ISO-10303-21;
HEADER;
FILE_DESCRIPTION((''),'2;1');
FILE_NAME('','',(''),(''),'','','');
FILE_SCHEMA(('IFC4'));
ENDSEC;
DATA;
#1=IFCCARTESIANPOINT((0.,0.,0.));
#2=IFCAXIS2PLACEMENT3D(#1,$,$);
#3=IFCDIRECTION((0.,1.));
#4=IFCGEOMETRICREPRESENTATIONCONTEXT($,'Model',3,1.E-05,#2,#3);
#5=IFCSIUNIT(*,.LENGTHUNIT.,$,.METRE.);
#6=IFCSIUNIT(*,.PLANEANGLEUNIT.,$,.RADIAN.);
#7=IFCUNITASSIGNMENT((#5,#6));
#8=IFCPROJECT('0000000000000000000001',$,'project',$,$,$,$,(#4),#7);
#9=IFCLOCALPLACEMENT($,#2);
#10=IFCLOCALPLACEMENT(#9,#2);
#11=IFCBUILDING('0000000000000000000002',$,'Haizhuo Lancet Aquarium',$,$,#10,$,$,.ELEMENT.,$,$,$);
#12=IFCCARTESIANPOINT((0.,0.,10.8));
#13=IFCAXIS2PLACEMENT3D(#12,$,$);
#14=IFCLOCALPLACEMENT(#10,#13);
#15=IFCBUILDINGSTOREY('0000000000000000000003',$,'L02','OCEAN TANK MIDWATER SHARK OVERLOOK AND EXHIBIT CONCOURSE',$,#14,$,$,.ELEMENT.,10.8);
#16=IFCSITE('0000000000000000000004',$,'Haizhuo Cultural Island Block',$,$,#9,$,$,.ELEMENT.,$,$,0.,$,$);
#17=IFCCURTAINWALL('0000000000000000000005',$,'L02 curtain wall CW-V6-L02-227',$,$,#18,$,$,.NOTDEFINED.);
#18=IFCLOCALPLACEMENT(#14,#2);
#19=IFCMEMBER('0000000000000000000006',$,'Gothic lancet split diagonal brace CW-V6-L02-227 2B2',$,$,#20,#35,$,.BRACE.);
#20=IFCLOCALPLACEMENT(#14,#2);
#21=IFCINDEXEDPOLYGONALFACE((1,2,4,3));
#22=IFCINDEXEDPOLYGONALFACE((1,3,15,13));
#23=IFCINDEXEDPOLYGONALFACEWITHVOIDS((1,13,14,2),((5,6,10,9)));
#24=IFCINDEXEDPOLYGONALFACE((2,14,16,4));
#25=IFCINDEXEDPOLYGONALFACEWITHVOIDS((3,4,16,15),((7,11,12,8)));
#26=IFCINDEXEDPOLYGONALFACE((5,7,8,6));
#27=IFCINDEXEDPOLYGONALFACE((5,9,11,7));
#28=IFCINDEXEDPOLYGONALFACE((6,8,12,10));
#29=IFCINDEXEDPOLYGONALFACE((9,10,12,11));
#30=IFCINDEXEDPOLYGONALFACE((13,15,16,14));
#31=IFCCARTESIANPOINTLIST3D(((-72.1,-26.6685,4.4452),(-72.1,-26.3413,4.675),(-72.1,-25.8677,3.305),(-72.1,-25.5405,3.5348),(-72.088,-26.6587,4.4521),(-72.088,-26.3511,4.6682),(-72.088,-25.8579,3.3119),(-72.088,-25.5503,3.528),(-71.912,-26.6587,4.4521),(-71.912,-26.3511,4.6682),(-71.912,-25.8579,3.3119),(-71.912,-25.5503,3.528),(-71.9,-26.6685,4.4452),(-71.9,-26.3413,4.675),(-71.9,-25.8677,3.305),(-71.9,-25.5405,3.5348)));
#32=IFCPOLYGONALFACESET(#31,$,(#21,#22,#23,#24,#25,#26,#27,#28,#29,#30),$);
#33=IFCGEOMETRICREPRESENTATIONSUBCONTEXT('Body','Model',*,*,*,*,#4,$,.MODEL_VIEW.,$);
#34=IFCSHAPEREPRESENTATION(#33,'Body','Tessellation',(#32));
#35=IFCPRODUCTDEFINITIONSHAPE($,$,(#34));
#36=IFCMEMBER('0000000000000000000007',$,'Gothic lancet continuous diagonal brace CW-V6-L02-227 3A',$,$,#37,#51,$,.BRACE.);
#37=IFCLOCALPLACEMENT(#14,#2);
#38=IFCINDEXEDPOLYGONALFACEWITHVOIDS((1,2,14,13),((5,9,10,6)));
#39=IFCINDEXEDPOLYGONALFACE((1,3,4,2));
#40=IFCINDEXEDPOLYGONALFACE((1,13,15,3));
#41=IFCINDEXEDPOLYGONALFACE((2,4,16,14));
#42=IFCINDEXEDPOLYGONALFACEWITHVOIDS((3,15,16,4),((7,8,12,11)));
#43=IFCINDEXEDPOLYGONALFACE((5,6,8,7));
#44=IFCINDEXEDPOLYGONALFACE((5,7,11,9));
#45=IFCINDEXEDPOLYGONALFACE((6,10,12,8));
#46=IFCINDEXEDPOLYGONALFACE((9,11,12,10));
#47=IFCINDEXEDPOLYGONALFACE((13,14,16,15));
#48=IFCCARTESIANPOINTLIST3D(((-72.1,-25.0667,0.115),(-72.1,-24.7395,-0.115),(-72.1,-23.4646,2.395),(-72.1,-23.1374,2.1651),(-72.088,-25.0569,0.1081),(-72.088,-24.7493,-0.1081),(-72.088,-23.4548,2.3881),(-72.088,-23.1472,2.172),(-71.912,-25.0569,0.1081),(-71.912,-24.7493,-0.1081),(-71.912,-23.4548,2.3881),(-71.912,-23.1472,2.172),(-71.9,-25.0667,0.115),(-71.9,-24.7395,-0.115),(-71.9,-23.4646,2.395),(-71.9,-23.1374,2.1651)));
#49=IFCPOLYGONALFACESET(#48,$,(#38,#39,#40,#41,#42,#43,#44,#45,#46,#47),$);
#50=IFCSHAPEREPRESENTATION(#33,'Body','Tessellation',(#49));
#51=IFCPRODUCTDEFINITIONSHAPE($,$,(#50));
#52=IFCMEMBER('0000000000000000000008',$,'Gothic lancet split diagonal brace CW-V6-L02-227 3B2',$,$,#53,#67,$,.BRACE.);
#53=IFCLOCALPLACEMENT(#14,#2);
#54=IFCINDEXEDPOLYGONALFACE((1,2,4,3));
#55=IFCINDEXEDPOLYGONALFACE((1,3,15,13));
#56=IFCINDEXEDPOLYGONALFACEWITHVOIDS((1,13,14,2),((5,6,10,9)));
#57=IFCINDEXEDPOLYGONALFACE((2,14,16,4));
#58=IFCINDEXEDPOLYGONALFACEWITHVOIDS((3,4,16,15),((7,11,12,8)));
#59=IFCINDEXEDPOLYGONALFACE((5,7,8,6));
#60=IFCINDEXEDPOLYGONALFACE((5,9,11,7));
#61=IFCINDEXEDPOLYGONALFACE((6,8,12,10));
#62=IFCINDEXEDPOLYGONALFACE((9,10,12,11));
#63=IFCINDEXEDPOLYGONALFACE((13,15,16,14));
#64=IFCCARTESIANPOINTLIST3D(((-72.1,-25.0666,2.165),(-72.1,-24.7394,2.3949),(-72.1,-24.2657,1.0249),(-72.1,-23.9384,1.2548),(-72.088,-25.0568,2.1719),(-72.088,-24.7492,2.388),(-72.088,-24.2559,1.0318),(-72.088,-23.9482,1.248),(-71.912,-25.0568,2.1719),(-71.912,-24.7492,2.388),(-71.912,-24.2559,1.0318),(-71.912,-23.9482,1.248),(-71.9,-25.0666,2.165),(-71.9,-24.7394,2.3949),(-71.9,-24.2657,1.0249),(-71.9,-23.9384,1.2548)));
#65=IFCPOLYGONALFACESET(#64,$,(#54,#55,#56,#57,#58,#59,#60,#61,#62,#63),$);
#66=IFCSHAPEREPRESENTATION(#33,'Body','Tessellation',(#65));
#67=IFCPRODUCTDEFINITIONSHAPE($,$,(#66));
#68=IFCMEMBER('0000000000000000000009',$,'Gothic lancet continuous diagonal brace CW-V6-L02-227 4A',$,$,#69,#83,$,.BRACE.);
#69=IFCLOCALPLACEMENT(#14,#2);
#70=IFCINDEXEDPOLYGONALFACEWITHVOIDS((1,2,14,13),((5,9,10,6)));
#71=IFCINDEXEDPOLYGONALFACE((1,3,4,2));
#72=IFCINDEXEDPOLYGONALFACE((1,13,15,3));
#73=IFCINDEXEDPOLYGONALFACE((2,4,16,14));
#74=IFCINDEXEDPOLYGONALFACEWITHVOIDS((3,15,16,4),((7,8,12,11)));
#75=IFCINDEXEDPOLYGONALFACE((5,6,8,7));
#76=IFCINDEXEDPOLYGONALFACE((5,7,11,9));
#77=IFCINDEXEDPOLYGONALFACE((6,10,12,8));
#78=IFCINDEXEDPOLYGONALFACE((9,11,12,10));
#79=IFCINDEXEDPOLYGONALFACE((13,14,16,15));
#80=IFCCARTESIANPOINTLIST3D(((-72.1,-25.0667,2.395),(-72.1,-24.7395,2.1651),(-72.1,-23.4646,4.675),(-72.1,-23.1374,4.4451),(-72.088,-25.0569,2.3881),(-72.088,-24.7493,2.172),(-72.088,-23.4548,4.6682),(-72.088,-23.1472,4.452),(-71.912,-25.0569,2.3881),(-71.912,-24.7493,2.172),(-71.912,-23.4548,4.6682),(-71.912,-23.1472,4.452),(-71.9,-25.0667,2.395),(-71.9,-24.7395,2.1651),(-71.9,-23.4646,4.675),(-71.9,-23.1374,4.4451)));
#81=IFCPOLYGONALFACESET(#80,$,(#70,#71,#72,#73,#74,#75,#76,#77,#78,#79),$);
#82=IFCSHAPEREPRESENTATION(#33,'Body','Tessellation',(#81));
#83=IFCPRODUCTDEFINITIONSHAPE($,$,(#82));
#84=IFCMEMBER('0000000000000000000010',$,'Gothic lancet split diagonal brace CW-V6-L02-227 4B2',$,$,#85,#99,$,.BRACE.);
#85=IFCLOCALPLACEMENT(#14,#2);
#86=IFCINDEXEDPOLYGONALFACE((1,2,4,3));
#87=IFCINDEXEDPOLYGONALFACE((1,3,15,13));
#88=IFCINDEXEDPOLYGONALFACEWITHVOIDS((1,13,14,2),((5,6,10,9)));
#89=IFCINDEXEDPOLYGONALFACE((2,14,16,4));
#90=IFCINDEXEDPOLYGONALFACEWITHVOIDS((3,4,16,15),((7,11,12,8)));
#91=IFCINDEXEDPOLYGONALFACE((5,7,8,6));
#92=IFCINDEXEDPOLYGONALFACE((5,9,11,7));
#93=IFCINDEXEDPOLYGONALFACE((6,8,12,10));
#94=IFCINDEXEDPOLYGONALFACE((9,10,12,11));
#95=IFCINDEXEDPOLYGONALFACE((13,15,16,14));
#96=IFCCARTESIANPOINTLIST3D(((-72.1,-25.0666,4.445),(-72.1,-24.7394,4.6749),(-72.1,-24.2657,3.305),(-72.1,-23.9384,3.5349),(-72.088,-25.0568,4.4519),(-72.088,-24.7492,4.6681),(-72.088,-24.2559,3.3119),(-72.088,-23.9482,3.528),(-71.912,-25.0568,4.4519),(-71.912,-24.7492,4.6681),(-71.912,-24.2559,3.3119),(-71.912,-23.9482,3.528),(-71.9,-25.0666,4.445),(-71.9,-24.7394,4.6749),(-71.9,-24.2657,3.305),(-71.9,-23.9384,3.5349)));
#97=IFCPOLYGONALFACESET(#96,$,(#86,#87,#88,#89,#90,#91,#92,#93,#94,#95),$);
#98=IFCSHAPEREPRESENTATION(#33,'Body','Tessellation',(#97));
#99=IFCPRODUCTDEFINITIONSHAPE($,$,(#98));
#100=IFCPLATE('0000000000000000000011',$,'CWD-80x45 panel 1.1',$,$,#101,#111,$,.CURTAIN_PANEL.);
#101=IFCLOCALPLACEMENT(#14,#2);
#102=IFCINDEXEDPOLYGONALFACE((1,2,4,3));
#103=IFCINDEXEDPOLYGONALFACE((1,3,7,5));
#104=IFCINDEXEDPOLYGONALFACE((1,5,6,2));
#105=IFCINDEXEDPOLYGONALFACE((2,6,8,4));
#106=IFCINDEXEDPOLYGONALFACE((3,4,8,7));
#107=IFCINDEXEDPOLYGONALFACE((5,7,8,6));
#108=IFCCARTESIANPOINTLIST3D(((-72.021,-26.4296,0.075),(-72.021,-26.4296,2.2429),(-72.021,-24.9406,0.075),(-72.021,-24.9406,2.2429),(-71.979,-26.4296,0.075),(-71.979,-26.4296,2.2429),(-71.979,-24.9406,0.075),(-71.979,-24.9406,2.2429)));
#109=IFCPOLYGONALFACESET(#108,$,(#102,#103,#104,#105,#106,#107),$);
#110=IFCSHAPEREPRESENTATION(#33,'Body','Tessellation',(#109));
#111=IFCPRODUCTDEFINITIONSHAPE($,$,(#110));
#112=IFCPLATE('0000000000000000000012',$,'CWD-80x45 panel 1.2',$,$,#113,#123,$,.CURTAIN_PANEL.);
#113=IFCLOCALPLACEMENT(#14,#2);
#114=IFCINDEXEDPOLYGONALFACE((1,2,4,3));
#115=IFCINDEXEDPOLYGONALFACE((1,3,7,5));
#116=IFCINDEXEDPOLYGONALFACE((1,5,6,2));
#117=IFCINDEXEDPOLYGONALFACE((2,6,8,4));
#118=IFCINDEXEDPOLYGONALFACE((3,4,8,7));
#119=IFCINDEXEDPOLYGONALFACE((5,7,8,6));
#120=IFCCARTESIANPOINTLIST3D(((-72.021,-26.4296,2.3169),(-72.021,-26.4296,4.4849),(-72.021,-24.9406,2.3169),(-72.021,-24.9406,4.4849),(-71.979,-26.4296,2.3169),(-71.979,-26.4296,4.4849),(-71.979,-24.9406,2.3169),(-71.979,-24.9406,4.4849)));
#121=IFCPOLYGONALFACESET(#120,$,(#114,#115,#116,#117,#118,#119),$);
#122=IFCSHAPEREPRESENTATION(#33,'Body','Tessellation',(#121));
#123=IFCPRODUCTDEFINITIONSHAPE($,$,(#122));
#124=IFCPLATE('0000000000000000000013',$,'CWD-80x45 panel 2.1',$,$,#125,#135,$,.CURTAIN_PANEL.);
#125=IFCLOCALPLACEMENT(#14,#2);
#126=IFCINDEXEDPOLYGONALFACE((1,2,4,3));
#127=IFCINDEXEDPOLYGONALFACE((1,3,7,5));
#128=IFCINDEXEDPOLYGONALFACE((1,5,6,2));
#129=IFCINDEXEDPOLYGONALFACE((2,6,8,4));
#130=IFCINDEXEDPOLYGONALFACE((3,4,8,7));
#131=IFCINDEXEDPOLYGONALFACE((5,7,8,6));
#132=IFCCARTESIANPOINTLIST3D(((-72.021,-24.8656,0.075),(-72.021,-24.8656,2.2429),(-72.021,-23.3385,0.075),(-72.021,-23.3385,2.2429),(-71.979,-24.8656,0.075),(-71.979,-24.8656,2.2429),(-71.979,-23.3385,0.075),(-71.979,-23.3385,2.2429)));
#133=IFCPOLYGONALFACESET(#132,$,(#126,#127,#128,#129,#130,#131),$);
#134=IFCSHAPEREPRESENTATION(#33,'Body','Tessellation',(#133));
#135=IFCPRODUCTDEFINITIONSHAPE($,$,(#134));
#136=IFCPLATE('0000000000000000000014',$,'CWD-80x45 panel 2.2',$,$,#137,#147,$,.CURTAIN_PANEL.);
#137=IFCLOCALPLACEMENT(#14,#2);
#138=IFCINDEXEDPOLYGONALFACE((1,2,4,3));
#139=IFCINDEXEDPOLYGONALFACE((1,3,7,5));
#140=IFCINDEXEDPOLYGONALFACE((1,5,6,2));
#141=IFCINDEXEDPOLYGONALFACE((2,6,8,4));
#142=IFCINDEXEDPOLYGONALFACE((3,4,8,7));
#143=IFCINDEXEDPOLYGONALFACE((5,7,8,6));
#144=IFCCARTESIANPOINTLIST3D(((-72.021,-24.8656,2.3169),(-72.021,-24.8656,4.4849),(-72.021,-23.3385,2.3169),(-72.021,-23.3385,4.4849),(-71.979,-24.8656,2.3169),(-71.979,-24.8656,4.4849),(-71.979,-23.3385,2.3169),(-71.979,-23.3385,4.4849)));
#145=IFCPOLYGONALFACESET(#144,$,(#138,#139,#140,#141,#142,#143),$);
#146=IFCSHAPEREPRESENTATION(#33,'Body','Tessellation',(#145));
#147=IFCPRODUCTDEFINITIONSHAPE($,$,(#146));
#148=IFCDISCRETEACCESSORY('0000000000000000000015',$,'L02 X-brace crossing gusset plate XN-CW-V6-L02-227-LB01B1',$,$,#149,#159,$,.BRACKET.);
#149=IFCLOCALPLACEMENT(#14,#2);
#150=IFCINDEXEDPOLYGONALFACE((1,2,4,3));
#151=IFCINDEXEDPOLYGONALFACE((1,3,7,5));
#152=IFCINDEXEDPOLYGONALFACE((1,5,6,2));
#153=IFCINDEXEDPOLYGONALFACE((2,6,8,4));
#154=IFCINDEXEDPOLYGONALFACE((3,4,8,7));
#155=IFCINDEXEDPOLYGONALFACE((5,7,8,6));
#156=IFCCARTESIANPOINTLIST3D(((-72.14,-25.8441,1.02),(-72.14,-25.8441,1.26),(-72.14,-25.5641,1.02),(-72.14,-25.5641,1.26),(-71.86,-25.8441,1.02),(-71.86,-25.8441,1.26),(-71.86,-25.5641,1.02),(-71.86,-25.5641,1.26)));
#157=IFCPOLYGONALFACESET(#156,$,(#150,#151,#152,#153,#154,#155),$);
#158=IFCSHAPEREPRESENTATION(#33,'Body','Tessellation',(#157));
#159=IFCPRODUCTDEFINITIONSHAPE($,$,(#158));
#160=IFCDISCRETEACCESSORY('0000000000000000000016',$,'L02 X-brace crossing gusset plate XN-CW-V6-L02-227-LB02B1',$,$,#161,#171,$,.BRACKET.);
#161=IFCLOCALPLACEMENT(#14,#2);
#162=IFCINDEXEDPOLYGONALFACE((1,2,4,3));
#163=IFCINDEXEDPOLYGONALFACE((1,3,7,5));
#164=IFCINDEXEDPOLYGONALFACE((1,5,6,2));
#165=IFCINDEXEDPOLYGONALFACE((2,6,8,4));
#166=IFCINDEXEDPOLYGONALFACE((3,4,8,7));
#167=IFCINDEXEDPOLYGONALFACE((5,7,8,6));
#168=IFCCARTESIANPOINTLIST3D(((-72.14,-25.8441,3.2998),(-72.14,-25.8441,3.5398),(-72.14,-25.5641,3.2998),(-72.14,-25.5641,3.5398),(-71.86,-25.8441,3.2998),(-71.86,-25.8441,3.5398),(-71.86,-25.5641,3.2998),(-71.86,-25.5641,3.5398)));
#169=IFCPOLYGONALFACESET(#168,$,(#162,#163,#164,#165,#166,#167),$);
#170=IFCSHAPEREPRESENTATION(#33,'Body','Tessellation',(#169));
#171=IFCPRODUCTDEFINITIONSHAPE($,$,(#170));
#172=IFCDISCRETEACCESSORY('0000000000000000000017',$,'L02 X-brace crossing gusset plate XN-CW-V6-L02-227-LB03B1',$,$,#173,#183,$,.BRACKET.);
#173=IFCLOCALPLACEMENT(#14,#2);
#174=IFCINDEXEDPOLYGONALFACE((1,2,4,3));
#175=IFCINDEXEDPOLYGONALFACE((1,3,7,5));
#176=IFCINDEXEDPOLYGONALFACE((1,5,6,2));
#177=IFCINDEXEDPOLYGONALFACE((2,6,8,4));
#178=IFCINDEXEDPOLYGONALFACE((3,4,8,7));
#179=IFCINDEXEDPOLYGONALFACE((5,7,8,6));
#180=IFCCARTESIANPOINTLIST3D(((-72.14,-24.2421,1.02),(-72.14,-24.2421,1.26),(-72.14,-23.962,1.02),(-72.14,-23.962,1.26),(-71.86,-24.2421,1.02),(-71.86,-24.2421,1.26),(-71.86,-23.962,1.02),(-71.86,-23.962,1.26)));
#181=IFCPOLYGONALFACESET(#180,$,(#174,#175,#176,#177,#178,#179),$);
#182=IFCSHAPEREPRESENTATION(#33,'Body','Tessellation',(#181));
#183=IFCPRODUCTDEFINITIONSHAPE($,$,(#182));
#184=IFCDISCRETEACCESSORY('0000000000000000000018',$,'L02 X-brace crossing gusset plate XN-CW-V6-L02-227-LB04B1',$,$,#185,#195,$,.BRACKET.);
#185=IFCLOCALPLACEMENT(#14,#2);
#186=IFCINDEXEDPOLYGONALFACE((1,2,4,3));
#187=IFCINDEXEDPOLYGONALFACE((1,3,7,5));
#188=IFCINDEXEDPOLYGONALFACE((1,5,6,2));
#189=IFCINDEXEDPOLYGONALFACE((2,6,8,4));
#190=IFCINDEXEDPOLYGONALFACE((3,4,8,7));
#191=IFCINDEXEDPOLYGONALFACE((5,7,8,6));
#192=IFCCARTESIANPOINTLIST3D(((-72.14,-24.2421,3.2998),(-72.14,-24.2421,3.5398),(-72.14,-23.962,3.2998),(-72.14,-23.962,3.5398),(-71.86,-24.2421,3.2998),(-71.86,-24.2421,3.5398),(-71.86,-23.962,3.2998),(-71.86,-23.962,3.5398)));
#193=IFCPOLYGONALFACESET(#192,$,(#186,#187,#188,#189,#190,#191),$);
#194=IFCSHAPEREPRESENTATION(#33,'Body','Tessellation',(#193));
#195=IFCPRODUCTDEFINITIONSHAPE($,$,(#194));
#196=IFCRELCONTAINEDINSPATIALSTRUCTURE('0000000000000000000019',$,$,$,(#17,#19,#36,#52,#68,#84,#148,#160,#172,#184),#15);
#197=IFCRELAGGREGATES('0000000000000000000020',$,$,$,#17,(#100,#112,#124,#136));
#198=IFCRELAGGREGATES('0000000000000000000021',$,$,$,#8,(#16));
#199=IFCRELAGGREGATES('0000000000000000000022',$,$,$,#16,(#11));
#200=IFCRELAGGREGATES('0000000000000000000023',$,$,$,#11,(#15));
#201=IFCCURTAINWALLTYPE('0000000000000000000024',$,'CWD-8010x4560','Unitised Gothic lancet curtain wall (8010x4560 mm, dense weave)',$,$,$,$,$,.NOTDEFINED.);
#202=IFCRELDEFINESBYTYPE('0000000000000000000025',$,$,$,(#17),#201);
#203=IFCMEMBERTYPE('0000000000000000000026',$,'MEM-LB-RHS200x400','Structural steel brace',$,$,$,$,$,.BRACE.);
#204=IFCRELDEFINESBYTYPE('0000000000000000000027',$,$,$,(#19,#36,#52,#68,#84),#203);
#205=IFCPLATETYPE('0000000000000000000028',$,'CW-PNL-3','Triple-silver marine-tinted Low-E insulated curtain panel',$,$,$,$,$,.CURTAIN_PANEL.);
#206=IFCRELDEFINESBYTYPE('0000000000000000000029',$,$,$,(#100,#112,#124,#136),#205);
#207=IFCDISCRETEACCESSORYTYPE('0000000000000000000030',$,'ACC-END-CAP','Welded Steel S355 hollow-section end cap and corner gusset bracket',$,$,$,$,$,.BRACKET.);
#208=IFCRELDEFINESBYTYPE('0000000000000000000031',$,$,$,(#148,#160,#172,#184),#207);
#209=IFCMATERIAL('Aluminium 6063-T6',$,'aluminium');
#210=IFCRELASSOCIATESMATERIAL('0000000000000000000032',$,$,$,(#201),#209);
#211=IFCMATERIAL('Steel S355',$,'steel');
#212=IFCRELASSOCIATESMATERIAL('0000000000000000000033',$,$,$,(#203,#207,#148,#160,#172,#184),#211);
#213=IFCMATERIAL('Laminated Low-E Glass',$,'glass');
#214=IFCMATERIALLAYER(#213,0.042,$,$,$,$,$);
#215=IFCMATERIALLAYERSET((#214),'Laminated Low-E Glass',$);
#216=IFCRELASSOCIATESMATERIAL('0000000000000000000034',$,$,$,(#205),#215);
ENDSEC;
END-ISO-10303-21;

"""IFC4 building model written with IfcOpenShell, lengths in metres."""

from ifc_helpers import new_model, si_unit, direction, frame, origin, origin_2d, place, context, subcontext, project, spatial, rectangle, hollow_rectangle, extrude, material, layer, layer_set, material_profile, profile_set, type_object, element, aggregate, save


model = new_model("IFC4")

# Units and contexts
model_context = context("Model", 3, precision=1e-05, world=origin(), true_north=direction((0.0, 1.0)))
body_context = subcontext(model_context, "Body", "Model", "MODEL_VIEW")
ifc_project = project(units=[si_unit("LENGTHUNIT", "METRE"), si_unit("PLANEANGLEUNIT", "RADIAN")], contexts=[model_context])

# Site, building, storey
site_placement = place(None, origin())
site = spatial("IfcSite", under=ifc_project, at=site_placement, Name="Haizhuo Cultural Island Block", CompositionType="ELEMENT", RefElevation=0.0)
building_placement = place(site_placement, origin())
building = spatial("IfcBuilding", under=site, at=building_placement, Name="Haizhuo Lancet Aquarium", CompositionType="ELEMENT")
storey_placement = place(building_placement, frame((0.0, 0.0, 10.8)))
storey = spatial("IfcBuildingStorey", under=building, at=storey_placement, Name="L02", Description="OCEAN TANK MIDWATER SHARK OVERLOOK AND EXHIBIT CONCOURSE", CompositionType="ELEMENT", Elevation=10.8)

# Curtain wall
ifc_material_1 = material(Name="Aluminium 6063-T6", Category="aluminium")
curtain_wall_type = type_object("IfcCurtainWallType", Name="CWD-8010x4560", Description="Unitised Gothic lancet curtain wall (8010x4560 mm, dense weave)", PredefinedType="NOTDEFINED", material=ifc_material_1)
curtain_wall_placement = place(storey_placement, origin())
curtain_wall = element("IfcCurtainWall", 1, at=curtain_wall_placement, inside=storey, type_object=curtain_wall_type, Name="L02 curtain wall CW-V6-L02-227", PredefinedType="NOTDEFINED")

# Members
ifc_material_2 = material(Name="Steel S355", Category="steel")
ifc_material_profile_1 = material_profile(ifc_material_2, hollow_rectangle(XDim=0.2, YDim=0.3999, WallThickness=0.012, at=origin_2d()), Name="RHS 200x400x12")
ifc_profile_set_1 = profile_set([ifc_material_profile_1], Name="Steel S355")
member_type_1 = type_object("IfcMemberType", Name="MEM-LB-RHS200x400", Description="Structural steel brace", PredefinedType="BRACE", material=ifc_profile_set_1)
for number, where, z_axis, x_axis, name in (
    (2, (-72.0, -25.7041, 3.4199), (0.0, -0.574755, 0.818325), (1.0, 0.0, 0.0), "Gothic lancet split diagonal brace CW-V6-L02-227 2B2"),
):
    element("IfcMember", number, at=place(storey_placement, frame(where, z_axis=z_axis, x_axis=x_axis)), inside=storey, type_object=member_type_1, Name=name, PredefinedType="BRACE", context=body_context, shape_type="SweptSolid", body=[
        extrude(hollow_rectangle(XDim=0.2, YDim=0.3999, WallThickness=0.012, at=origin_2d()), origin(), (0.0, 0.0, 1.0), 1.3933),
    ])
member_1_placement = place(storey_placement, frame((-72.0, -24.9031, 0.0), z_axis=(0.0, 0.574914, 0.818214), x_axis=(-1.0, 0.0, 0.0)))
element("IfcMember", 3, at=member_1_placement, inside=storey, type_object=member_type_1, Name="Gothic lancet continuous diagonal brace CW-V6-L02-227 3A", PredefinedType="BRACE", context=body_context, shape_type="SweptSolid", body=[
    extrude(hollow_rectangle(XDim=0.2, YDim=0.3999, WallThickness=0.012, at=origin_2d()), origin(), (0.0, 0.0, 1.0), 2.7866),
])
member_2_placement = place(storey_placement, frame((-72.0, -24.1021, 1.1399), z_axis=(0.0, -0.574873, 0.818243), x_axis=(1.0, 0.0, 0.0)))
element("IfcMember", 4, at=member_2_placement, inside=storey, type_object=member_type_1, Name="Gothic lancet split diagonal brace CW-V6-L02-227 3B2", PredefinedType="BRACE", context=body_context, shape_type="SweptSolid", body=[
    extrude(hollow_rectangle(XDim=0.2, YDim=0.3999, WallThickness=0.012, at=origin_2d()), origin(), (0.0, 0.0, 1.0), 1.3933),
])
member_3_placement = place(storey_placement, frame((-72.0, -24.9031, 2.28), z_axis=(0.0, 0.574914, 0.818214), x_axis=(-1.0, 0.0, 0.0)))
element("IfcMember", 5, at=member_3_placement, inside=storey, type_object=member_type_1, Name="Gothic lancet continuous diagonal brace CW-V6-L02-227 4A", PredefinedType="BRACE", context=body_context, shape_type="SweptSolid", body=[
    extrude(hollow_rectangle(XDim=0.2, YDim=0.3999, WallThickness=0.012, at=origin_2d()), origin(), (0.0, 0.0, 1.0), 2.7866),
])
member_4_placement = place(storey_placement, frame((-72.0, -24.1021, 3.4199), z_axis=(0.0, -0.574873, 0.818243), x_axis=(1.0, 0.0, 0.0)))
element("IfcMember", 6, at=member_4_placement, inside=storey, type_object=member_type_1, Name="Gothic lancet split diagonal brace CW-V6-L02-227 4B2", PredefinedType="BRACE", context=body_context, shape_type="SweptSolid", body=[
    extrude(hollow_rectangle(XDim=0.2, YDim=0.3999, WallThickness=0.012, at=origin_2d()), origin(), (0.0, 0.0, 1.0), 1.3933),
])

# Plates
ifc_material_3 = material(Name="Laminated Low-E Glass", Category="glass")
ifc_layer = layer(ifc_material_3, 0.042)
ifc_layer_set = layer_set([ifc_layer], Name="Laminated Low-E Glass")
plate_type = type_object("IfcPlateType", Name="CW-PNL-3", Description="Triple-silver marine-tinted Low-E insulated curtain panel", PredefinedType="CURTAIN_PANEL", material=ifc_layer_set)
plate_1_placement = place(storey_placement, frame((-72.0, -25.6851, 0.075), z_axis=(0.0, 0.0, 1.0), x_axis=(0.0, 1.0, 0.0)))
plate_1 = element("IfcPlate", 7, at=plate_1_placement, type_object=plate_type, Name="CWD-80x45 panel 1.1", PredefinedType="CURTAIN_PANEL", context=body_context, shape_type="SweptSolid", body=[
    extrude(rectangle(XDim=1.489, YDim=0.042, at=origin_2d()), origin(), (0.0, 0.0, 1.0), 2.168),
])
plate_2_placement = place(storey_placement, frame((-72.0, -25.6851, 2.3169), z_axis=(0.0, 0.0, 1.0), x_axis=(0.0, 1.0, 0.0)))
plate_2 = element("IfcPlate", 8, at=plate_2_placement, type_object=plate_type, Name="CWD-80x45 panel 1.2", PredefinedType="CURTAIN_PANEL", context=body_context, shape_type="SweptSolid", body=[
    extrude(rectangle(XDim=1.489, YDim=0.042, at=origin_2d()), origin(), (0.0, 0.0, 1.0), 2.168),
])
plate_3_placement = place(storey_placement, frame((-72.0, -24.1021, 0.075), z_axis=(0.0, 0.0, 1.0), x_axis=(0.0, 1.0, 0.0)))
plate_3 = element("IfcPlate", 9, at=plate_3_placement, type_object=plate_type, Name="CWD-80x45 panel 2.1", PredefinedType="CURTAIN_PANEL", context=body_context, shape_type="SweptSolid", body=[
    extrude(rectangle(XDim=1.5271, YDim=0.042, at=origin_2d()), origin(), (0.0, 0.0, 1.0), 2.168),
])
plate_4_placement = place(storey_placement, frame((-72.0, -24.1021, 2.3169), z_axis=(0.0, 0.0, 1.0), x_axis=(0.0, 1.0, 0.0)))
plate_4 = element("IfcPlate", 10, at=plate_4_placement, type_object=plate_type, Name="CWD-80x45 panel 2.2", PredefinedType="CURTAIN_PANEL", context=body_context, shape_type="SweptSolid", body=[
    extrude(rectangle(XDim=1.5271, YDim=0.042, at=origin_2d()), origin(), (0.0, 0.0, 1.0), 2.168),
])
aggregate(curtain_wall, [plate_1, plate_2, plate_3, plate_4])

# Discrete accessories
discrete_accessory_type = type_object("IfcDiscreteAccessoryType", Name="ACC-END-CAP", Description="Welded Steel S355 hollow-section end cap and corner gusset bracket", PredefinedType="BRACKET", material=ifc_material_2)
for number, where, z_axis, x_axis, name in (
    (11, (-72.0, -25.7041, 1.02), (0.0, 0.0, 1.0), (1.0, 0.0, 0.0), "L02 X-brace crossing gusset plate XN-CW-V6-L02-227-LB01B1"),
    (12, (-72.0, -25.7041, 3.2998), (0.0, 0.0, 1.0), (1.0, 0.0, 0.0), "L02 X-brace crossing gusset plate XN-CW-V6-L02-227-LB02B1"),
    (13, (-72.0, -24.1021, 1.02), (0.0, 0.0, 1.0), (1.0, 0.0, 0.0), "L02 X-brace crossing gusset plate XN-CW-V6-L02-227-LB03B1"),
    (14, (-72.0, -24.1021, 3.2998), (0.0, 0.0, 1.0), (1.0, 0.0, 0.0), "L02 X-brace crossing gusset plate XN-CW-V6-L02-227-LB04B1"),
):
    element("IfcDiscreteAccessory", number, at=place(storey_placement, frame(where, z_axis=z_axis, x_axis=x_axis)), inside=storey, type_object=discrete_accessory_type, material=ifc_material_2, Name=name, PredefinedType="BRACKET", context=body_context, shape_type="SweptSolid", body=[
        extrude(rectangle(XDim=0.28, YDim=0.28, at=origin_2d()), origin(), (0.0, 0.0, 1.0), 0.24),
    ])

save(model, "model.ifc")
